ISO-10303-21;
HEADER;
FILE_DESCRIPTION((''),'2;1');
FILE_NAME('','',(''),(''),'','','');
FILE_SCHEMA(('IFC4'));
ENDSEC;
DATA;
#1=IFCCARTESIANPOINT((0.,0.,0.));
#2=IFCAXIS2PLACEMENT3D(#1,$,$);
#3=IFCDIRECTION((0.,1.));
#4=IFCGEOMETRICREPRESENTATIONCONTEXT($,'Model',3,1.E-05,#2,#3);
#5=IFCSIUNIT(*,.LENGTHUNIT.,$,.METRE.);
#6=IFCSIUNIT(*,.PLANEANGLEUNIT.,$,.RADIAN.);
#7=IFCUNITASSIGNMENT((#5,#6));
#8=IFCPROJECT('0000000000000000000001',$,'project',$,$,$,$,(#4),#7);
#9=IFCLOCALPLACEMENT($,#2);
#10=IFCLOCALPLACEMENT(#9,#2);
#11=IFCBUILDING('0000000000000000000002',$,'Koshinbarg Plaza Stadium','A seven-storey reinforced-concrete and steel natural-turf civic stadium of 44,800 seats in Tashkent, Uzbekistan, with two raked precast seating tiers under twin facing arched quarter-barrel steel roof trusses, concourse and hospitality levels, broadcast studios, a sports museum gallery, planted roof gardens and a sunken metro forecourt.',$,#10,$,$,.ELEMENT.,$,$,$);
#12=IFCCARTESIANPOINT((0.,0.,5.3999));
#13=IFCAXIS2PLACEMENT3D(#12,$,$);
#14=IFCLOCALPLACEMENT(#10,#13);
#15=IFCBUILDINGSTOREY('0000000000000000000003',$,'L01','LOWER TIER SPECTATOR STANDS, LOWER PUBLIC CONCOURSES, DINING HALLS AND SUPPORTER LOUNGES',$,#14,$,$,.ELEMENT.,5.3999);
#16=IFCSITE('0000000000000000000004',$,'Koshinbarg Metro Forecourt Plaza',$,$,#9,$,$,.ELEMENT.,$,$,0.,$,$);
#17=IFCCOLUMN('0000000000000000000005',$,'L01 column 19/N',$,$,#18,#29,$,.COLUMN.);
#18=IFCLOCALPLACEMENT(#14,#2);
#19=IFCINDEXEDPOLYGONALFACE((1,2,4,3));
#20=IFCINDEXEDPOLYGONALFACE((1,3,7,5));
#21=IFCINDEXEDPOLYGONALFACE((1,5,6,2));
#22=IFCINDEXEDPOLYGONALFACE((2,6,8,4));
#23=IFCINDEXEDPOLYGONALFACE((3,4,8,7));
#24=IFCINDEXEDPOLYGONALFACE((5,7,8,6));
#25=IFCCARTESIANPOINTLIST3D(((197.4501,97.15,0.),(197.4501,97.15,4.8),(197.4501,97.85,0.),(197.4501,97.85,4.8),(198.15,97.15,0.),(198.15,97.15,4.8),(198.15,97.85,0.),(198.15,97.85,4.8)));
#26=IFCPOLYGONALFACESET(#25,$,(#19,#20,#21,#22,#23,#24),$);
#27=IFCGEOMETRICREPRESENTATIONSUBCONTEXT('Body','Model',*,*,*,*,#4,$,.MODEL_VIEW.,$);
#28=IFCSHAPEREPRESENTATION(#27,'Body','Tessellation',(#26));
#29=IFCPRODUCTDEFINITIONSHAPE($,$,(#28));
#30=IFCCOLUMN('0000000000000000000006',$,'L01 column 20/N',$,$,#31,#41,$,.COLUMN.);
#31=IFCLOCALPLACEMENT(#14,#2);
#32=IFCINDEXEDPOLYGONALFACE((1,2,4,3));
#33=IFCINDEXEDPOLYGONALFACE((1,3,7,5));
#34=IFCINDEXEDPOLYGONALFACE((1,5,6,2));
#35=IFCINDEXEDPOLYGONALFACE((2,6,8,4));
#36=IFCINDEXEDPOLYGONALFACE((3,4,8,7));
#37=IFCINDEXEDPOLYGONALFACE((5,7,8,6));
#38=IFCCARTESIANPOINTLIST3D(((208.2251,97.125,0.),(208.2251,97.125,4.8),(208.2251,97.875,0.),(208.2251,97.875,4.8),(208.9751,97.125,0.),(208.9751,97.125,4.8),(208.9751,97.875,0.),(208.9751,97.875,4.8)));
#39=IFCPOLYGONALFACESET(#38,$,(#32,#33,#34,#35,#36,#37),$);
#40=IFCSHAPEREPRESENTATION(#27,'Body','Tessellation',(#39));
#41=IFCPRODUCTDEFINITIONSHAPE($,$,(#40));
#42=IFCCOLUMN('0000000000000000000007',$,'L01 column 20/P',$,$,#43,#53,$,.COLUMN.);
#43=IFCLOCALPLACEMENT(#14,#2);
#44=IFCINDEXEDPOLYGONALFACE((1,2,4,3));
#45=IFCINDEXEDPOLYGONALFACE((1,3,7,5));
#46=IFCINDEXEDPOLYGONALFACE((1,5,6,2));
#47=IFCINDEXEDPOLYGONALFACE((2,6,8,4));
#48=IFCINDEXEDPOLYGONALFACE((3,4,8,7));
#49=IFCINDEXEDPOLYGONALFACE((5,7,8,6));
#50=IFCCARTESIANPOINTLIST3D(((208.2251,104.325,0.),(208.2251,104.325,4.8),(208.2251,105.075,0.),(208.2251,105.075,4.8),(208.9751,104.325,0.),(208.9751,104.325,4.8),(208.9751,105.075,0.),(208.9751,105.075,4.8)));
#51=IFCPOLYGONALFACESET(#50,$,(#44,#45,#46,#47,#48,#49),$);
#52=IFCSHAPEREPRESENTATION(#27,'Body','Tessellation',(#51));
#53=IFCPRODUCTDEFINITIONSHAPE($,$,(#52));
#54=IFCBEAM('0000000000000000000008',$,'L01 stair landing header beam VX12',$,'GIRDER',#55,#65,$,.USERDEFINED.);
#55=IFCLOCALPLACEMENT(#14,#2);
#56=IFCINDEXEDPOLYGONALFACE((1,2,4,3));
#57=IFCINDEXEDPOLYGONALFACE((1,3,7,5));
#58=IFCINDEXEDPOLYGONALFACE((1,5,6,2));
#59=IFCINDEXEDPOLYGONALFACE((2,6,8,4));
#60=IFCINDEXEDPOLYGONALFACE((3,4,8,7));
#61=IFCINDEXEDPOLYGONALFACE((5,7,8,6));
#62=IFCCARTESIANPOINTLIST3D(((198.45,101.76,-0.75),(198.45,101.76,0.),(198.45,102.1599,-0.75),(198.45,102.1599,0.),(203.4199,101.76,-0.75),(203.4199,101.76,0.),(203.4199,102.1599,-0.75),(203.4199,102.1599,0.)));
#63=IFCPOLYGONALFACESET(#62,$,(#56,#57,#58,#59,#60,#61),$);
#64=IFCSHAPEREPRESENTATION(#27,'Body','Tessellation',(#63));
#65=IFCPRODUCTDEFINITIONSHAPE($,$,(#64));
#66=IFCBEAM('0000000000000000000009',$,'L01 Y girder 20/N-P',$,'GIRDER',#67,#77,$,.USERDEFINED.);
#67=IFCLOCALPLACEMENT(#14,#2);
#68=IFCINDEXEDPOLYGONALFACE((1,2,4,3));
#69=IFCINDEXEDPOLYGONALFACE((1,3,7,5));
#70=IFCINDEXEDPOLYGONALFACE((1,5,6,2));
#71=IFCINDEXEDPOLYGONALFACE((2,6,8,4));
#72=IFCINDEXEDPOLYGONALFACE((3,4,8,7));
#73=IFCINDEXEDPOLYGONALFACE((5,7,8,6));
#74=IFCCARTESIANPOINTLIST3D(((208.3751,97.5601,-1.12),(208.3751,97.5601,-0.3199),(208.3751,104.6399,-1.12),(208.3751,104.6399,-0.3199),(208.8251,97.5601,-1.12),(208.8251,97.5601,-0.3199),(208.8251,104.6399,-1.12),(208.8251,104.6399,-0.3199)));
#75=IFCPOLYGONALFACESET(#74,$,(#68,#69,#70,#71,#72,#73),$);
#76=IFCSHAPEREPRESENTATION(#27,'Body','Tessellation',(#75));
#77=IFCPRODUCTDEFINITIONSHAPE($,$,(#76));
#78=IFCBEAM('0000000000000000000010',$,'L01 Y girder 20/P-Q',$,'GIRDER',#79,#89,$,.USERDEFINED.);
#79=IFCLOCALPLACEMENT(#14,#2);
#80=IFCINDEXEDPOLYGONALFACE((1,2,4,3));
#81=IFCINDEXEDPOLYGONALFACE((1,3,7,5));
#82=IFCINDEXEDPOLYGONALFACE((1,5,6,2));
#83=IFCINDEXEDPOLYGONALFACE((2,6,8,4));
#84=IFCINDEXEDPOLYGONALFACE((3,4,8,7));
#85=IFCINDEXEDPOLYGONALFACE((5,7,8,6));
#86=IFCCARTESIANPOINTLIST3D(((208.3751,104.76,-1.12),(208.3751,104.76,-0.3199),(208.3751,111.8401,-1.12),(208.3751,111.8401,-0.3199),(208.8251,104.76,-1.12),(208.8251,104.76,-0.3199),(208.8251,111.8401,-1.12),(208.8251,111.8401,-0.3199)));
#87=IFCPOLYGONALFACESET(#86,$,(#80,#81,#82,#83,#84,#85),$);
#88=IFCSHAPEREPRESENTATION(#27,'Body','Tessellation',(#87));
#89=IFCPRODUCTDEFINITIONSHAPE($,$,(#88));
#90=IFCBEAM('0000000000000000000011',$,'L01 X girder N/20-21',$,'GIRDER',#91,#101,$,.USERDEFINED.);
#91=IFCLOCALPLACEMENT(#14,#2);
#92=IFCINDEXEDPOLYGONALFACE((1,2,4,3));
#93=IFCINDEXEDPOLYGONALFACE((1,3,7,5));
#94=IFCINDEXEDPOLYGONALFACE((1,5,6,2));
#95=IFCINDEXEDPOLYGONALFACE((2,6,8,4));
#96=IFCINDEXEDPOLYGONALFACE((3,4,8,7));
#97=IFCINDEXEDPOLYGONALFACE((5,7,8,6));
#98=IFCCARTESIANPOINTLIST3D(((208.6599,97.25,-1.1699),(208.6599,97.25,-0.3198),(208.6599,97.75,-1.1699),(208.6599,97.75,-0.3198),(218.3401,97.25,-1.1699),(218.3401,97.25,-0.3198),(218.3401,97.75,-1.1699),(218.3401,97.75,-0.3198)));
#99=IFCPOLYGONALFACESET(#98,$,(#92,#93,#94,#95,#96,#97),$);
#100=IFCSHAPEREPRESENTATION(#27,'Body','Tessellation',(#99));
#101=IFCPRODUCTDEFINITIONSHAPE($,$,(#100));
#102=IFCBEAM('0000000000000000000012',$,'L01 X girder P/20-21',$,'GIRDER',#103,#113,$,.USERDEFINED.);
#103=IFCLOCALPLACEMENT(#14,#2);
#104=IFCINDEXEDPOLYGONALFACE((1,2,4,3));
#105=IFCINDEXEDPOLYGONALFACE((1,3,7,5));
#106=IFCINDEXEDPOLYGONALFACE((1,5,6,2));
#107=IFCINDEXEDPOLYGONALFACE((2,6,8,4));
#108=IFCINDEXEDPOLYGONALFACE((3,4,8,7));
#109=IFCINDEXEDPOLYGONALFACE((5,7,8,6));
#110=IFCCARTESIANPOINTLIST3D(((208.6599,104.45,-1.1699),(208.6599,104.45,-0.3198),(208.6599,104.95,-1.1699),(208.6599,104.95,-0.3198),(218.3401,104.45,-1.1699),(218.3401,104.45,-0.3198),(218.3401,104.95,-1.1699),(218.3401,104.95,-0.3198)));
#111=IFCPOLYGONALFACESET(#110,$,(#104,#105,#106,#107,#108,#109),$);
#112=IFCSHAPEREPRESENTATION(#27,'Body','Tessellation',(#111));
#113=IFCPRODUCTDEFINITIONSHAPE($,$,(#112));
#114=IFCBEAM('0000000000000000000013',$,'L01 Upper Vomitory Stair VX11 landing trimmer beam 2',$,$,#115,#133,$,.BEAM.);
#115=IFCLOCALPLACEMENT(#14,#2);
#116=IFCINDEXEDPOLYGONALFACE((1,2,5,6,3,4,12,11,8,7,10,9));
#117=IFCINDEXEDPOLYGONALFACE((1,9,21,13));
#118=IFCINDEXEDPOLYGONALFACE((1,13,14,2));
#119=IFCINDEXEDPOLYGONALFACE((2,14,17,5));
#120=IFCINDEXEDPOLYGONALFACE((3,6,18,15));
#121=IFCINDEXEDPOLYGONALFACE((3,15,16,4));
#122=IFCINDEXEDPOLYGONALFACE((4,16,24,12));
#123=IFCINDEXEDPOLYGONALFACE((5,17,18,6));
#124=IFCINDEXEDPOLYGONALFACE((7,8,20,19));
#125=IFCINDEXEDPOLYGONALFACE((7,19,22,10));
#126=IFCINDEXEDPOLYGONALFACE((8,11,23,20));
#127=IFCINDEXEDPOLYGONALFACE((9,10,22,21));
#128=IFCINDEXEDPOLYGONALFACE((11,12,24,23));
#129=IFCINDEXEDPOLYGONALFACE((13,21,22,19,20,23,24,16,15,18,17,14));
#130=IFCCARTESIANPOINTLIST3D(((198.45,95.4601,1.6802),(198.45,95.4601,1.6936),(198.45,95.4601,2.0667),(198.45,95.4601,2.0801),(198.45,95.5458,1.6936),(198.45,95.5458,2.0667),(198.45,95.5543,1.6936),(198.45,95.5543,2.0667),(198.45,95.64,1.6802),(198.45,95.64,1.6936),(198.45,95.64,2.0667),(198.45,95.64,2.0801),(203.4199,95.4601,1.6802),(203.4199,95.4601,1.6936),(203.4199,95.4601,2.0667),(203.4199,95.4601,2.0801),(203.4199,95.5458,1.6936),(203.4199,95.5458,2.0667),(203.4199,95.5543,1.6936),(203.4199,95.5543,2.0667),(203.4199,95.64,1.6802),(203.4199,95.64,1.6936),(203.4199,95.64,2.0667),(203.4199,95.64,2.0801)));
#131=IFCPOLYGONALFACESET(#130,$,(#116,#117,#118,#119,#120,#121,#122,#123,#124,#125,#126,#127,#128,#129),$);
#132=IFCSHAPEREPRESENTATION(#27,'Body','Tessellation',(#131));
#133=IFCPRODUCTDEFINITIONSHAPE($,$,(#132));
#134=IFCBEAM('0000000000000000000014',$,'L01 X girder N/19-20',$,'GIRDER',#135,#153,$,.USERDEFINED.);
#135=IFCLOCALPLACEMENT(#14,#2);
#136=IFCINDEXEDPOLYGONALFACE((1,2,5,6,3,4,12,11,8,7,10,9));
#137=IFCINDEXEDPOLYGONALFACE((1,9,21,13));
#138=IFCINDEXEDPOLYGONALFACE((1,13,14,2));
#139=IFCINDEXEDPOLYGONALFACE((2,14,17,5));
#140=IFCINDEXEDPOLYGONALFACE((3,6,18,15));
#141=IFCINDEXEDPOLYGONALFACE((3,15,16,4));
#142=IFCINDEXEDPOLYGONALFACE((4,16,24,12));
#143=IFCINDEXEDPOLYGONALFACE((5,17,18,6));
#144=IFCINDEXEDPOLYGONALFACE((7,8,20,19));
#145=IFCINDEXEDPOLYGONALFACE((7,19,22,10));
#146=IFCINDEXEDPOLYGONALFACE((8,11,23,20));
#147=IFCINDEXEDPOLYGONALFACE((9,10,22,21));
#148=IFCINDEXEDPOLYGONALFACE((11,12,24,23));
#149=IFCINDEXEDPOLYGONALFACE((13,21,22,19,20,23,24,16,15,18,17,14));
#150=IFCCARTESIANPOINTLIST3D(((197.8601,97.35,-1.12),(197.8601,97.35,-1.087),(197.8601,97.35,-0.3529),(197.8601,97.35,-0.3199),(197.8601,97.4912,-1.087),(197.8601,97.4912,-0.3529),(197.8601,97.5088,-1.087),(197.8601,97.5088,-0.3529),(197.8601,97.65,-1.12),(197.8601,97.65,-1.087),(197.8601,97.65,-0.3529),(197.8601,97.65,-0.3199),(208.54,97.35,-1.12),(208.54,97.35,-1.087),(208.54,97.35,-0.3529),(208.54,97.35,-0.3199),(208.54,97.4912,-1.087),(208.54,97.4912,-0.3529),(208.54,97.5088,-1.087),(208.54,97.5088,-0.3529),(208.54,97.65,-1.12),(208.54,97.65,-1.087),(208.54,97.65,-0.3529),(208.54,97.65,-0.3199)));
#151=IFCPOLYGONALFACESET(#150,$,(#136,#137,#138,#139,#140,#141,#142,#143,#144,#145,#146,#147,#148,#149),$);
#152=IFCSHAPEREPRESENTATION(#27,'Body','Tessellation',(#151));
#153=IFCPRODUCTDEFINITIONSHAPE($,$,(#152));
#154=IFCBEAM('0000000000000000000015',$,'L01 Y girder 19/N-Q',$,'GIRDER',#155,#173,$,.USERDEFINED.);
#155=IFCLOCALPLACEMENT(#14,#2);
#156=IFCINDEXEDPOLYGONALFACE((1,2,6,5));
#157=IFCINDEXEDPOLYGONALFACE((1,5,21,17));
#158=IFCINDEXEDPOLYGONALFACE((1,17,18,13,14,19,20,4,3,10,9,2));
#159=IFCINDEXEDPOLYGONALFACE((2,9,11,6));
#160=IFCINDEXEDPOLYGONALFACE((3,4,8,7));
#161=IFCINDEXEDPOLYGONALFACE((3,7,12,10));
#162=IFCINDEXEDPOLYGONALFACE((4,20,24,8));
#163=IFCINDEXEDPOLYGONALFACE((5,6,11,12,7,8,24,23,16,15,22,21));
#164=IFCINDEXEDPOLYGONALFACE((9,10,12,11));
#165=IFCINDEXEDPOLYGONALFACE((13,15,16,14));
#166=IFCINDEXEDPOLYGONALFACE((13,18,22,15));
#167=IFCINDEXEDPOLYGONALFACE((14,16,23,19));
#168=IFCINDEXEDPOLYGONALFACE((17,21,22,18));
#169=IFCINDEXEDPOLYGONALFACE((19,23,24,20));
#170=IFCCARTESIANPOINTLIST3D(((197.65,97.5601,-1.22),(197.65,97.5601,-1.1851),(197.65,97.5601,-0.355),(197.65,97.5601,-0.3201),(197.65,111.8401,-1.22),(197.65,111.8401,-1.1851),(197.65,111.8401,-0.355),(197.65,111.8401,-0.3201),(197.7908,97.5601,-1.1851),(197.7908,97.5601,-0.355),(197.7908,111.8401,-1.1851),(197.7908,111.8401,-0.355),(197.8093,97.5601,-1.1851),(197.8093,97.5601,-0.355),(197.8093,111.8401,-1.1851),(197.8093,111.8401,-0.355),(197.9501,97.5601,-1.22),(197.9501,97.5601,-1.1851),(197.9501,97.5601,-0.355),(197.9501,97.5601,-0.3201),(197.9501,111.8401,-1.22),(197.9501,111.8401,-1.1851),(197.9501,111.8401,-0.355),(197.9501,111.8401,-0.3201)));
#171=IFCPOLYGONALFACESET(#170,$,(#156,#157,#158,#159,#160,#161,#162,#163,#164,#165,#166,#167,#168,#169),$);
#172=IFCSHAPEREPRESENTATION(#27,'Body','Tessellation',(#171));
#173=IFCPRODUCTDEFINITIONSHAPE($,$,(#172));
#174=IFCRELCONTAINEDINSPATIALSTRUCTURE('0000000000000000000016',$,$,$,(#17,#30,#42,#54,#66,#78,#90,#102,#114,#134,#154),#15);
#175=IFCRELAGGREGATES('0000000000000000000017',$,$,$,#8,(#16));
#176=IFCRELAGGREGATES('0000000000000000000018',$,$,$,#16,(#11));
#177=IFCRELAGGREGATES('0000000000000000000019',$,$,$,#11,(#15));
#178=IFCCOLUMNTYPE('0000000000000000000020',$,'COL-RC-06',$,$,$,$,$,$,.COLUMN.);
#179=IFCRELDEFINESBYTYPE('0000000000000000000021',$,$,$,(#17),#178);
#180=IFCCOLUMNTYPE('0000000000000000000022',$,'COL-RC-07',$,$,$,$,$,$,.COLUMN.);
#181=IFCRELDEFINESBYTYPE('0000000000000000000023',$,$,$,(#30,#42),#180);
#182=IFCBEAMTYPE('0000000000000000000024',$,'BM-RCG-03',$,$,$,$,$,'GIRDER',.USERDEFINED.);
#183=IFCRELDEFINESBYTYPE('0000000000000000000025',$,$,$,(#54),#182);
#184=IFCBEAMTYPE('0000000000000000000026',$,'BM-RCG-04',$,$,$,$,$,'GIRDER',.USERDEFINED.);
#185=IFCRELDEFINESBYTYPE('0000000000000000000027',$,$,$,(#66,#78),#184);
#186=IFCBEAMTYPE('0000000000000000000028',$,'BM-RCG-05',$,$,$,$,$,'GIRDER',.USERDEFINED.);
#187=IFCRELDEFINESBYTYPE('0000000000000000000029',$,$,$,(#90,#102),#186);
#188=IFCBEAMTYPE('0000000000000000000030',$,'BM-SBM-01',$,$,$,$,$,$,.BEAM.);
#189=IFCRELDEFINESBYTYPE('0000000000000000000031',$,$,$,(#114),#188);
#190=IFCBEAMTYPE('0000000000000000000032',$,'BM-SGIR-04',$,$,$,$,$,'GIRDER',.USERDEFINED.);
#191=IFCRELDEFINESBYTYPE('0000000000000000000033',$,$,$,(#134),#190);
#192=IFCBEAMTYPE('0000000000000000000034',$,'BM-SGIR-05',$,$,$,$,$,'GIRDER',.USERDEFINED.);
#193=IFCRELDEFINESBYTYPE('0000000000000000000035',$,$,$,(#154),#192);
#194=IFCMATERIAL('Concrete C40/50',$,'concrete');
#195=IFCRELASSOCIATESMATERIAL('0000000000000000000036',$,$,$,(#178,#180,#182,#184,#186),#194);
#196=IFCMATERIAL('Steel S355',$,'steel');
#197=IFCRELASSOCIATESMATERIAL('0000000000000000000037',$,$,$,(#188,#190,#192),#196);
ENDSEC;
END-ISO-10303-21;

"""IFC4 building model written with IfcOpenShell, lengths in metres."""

from ifc_helpers import new_model, si_unit, direction, frame, origin, origin_2d, place, context, subcontext, project, spatial, rectangle, i_section, extrude, material, material_profile, profile_set, type_object, element, save


model = new_model("IFC4")

# Units and contexts
model_context = context("Model", 3, precision=1e-05, world=origin(), true_north=direction((0.0, 1.0)))
body_context = subcontext(model_context, "Body", "Model", "MODEL_VIEW")
ifc_project = project(units=[si_unit("LENGTHUNIT", "METRE"), si_unit("PLANEANGLEUNIT", "RADIAN")], contexts=[model_context])

# Site, building, storey
site_placement = place(None, origin())
site = spatial("IfcSite", under=ifc_project, at=site_placement, Name="Koshinbarg Metro Forecourt Plaza", CompositionType="ELEMENT", RefElevation=0.0)
building_placement = place(site_placement, origin())
building = spatial("IfcBuilding", under=site, at=building_placement, Name="Koshinbarg Plaza Stadium", Description="A seven-storey reinforced-concrete and steel natural-turf civic stadium of 44,800 seats in Tashkent, Uzbekistan, with two raked precast seating tiers under twin facing arched quarter-barrel steel roof trusses, concourse and hospitality levels, broadcast studios, a sports museum gallery, planted roof gardens and a sunken metro forecourt.", CompositionType="ELEMENT")
storey_placement = place(building_placement, frame((0.0, 0.0, 5.3999)))
storey = spatial("IfcBuildingStorey", under=building, at=storey_placement, Name="L01", Description="LOWER TIER SPECTATOR STANDS, LOWER PUBLIC CONCOURSES, DINING HALLS AND SUPPORTER LOUNGES", CompositionType="ELEMENT", Elevation=5.3999)

# Columns
ifc_material_1 = material(Name="Concrete C40/50", Category="concrete")
ifc_material_profile_1 = material_profile(ifc_material_1, rectangle(XDim=0.7, YDim=0.7, at=origin_2d()), Name="RC 700x700")
ifc_profile_set_1 = profile_set([ifc_material_profile_1], Name="Concrete C40/50")
column_type_1 = type_object("IfcColumnType", Name="COL-RC-06", PredefinedType="COLUMN", material=ifc_profile_set_1)
column_placement = place(storey_placement, frame((197.8, 97.5, 0.0), z_axis=(0.0, 0.0, 1.0), x_axis=(1.0, 0.0, 0.0)))
element("IfcColumn", 1, at=column_placement, inside=storey, type_object=column_type_1, Name="L01 column 19/N", PredefinedType="COLUMN", context=body_context, shape_type="SweptSolid", body=[
    extrude(rectangle(XDim=0.7, YDim=0.7, at=origin_2d()), origin(), (0.0, 0.0, 1.0), 4.8),
])
ifc_material_profile_2 = material_profile(ifc_material_1, rectangle(XDim=0.75, YDim=0.75, at=origin_2d()), Name="RC 750x750")
ifc_profile_set_2 = profile_set([ifc_material_profile_2], Name="Concrete C40/50")
column_type_2 = type_object("IfcColumnType", Name="COL-RC-07", PredefinedType="COLUMN", material=ifc_profile_set_2)
for number, where, z_axis, x_axis, name in (
    (2, (208.6001, 97.5, 0.0), (0.0, 0.0, 1.0), (1.0, 0.0, 0.0), "L01 column 20/N"),
    (3, (208.6001, 104.7, 0.0), (0.0, 0.0, 1.0), (1.0, 0.0, 0.0), "L01 column 20/P"),
):
    element("IfcColumn", number, at=place(storey_placement, frame(where, z_axis=z_axis, x_axis=x_axis)), inside=storey, type_object=column_type_2, Name=name, PredefinedType="COLUMN", context=body_context, shape_type="SweptSolid", body=[
        extrude(rectangle(XDim=0.75, YDim=0.75, at=origin_2d()), origin(), (0.0, 0.0, 1.0), 4.8),
    ])

# Beams
ifc_material_profile_3 = material_profile(ifc_material_1, rectangle(XDim=0.3999, YDim=0.75, at=origin_2d()), Name="RC 400x750")
ifc_profile_set_3 = profile_set([ifc_material_profile_3], Name="Concrete C40/50")
beam_type_1 = type_object("IfcBeamType", Name="BM-RCG-03", ElementType="GIRDER", PredefinedType="USERDEFINED", material=ifc_profile_set_3)
beam_1_placement = place(storey_placement, frame((198.45, 101.96, -0.375), z_axis=(1.0, 0.0, 0.0), x_axis=(0.0, 1.0, 0.0)))
element("IfcBeam", 4, at=beam_1_placement, inside=storey, type_object=beam_type_1, Name="L01 stair landing header beam VX12", ObjectType="GIRDER", PredefinedType="USERDEFINED", context=body_context, shape_type="SweptSolid", body=[
    extrude(rectangle(XDim=0.3999, YDim=0.75, at=origin_2d()), origin(), (0.0, 0.0, 1.0), 4.97),
])
ifc_material_profile_4 = material_profile(ifc_material_1, rectangle(XDim=0.45, YDim=0.8, at=origin_2d()), Name="RC 450x800")
ifc_profile_set_4 = profile_set([ifc_material_profile_4], Name="Concrete C40/50")
beam_type_2 = type_object("IfcBeamType", Name="BM-RCG-04", ElementType="GIRDER", PredefinedType="USERDEFINED", material=ifc_profile_set_4)
beam_2_placement = place(storey_placement, frame((208.6001, 97.5601, -0.72), z_axis=(0.0, 1.0, 0.0), x_axis=(-1.0, 0.0, 0.0)))
element("IfcBeam", 5, at=beam_2_placement, inside=storey, type_object=beam_type_2, Name="L01 Y girder 20/N-P", ObjectType="GIRDER", PredefinedType="USERDEFINED", context=body_context, shape_type="SweptSolid", body=[
    extrude(rectangle(XDim=0.45, YDim=0.8, at=origin_2d()), origin(), (0.0, 0.0, 1.0), 7.0798),
])
beam_3_placement = place(storey_placement, frame((208.6001, 104.76, -0.72), z_axis=(0.0, 1.0, 0.0), x_axis=(-1.0, 0.0, 0.0)))
element("IfcBeam", 6, at=beam_3_placement, inside=storey, type_object=beam_type_2, Name="L01 Y girder 20/P-Q", ObjectType="GIRDER", PredefinedType="USERDEFINED", context=body_context, shape_type="SweptSolid", body=[
    extrude(rectangle(XDim=0.45, YDim=0.8, at=origin_2d()), origin(), (0.0, 0.0, 1.0), 7.0801),
])
ifc_material_profile_5 = material_profile(ifc_material_1, rectangle(XDim=0.5, YDim=0.8501, at=origin_2d()), Name="RC 500x850")
ifc_profile_set_5 = profile_set([ifc_material_profile_5], Name="Concrete C40/50")
beam_type_3 = type_object("IfcBeamType", Name="BM-RCG-05", ElementType="GIRDER", PredefinedType="USERDEFINED", material=ifc_profile_set_5)
for number, where, z_axis, x_axis, name in (
    (7, (208.6599, 97.5, -0.7449), (1.0, 0.0, 0.0), (0.0, 1.0, 0.0), "L01 X girder N/20-21"),
    (8, (208.6599, 104.7, -0.7449), (1.0, 0.0, 0.0), (0.0, 1.0, 0.0), "L01 X girder P/20-21"),
):
    element("IfcBeam", number, at=place(storey_placement, frame(where, z_axis=z_axis, x_axis=x_axis)), inside=storey, type_object=beam_type_3, Name=name, ObjectType="GIRDER", PredefinedType="USERDEFINED", context=body_context, shape_type="SweptSolid", body=[
        extrude(rectangle(XDim=0.5, YDim=0.8501, at=origin_2d()), origin(), (0.0, 0.0, 1.0), 9.6802),
    ])
ifc_material_2 = material(Name="Steel S355", Category="steel")
ifc_material_profile_6 = material_profile(ifc_material_2, i_section(OverallWidth=0.1799, OverallDepth=0.3999, WebThickness=0.0085, FlangeThickness=0.0134, at=origin_2d()), Name="IPE 400")
ifc_profile_set_6 = profile_set([ifc_material_profile_6], Name="Steel S355")
beam_type_4 = type_object("IfcBeamType", Name="BM-SBM-01", PredefinedType="BEAM", material=ifc_profile_set_6)
beam_4_placement = place(storey_placement, frame((198.45, 95.55, 1.8801), z_axis=(1.0, 0.0, 0.0), x_axis=(0.0, 1.0, 0.0)))
element("IfcBeam", 9, at=beam_4_placement, inside=storey, type_object=beam_type_4, Name="L01 Upper Vomitory Stair VX11 landing trimmer beam 2", PredefinedType="BEAM", context=body_context, shape_type="SweptSolid", body=[
    extrude(i_section(OverallWidth=0.1799, OverallDepth=0.3999, WebThickness=0.0085, FlangeThickness=0.0134, at=origin_2d()), origin(), (0.0, 0.0, 1.0), 4.97),
])
ifc_material_profile_7 = material_profile(ifc_material_2, i_section(OverallWidth=0.3, OverallDepth=0.8, WebThickness=0.0176, FlangeThickness=0.033, at=origin_2d()), Name="HEB 800")
ifc_profile_set_7 = profile_set([ifc_material_profile_7], Name="Steel S355")
beam_type_5 = type_object("IfcBeamType", Name="BM-SGIR-04", ElementType="GIRDER", PredefinedType="USERDEFINED", material=ifc_profile_set_7)
beam_5_placement = place(storey_placement, frame((197.8601, 97.5, -0.72), z_axis=(1.0, 0.0, 0.0), x_axis=(0.0, 1.0, 0.0)))
element("IfcBeam", 10, at=beam_5_placement, inside=storey, type_object=beam_type_5, Name="L01 X girder N/19-20", ObjectType="GIRDER", PredefinedType="USERDEFINED", context=body_context, shape_type="SweptSolid", body=[
    extrude(i_section(OverallWidth=0.3, OverallDepth=0.8, WebThickness=0.0176, FlangeThickness=0.033, at=origin_2d()), origin(), (0.0, 0.0, 1.0), 10.6799),
])
ifc_material_profile_8 = material_profile(ifc_material_2, i_section(OverallWidth=0.3, OverallDepth=0.8999, WebThickness=0.0186, FlangeThickness=0.0349, at=origin_2d()), Name="HEB 900")
ifc_profile_set_8 = profile_set([ifc_material_profile_8], Name="Steel S355")
beam_type_6 = type_object("IfcBeamType", Name="BM-SGIR-05", ElementType="GIRDER", PredefinedType="USERDEFINED", material=ifc_profile_set_8)
beam_6_placement = place(storey_placement, frame((197.8, 97.5601, -0.77), z_axis=(0.0, 1.0, 0.0), x_axis=(-1.0, 0.0, 0.0)))
element("IfcBeam", 11, at=beam_6_placement, inside=storey, type_object=beam_type_6, Name="L01 Y girder 19/N-Q", ObjectType="GIRDER", PredefinedType="USERDEFINED", context=body_context, shape_type="SweptSolid", body=[
    extrude(i_section(OverallWidth=0.3, OverallDepth=0.8999, WebThickness=0.0186, FlangeThickness=0.0349, at=origin_2d()), origin(), (0.0, 0.0, 1.0), 14.28),
])

save(model, "model.ifc")
